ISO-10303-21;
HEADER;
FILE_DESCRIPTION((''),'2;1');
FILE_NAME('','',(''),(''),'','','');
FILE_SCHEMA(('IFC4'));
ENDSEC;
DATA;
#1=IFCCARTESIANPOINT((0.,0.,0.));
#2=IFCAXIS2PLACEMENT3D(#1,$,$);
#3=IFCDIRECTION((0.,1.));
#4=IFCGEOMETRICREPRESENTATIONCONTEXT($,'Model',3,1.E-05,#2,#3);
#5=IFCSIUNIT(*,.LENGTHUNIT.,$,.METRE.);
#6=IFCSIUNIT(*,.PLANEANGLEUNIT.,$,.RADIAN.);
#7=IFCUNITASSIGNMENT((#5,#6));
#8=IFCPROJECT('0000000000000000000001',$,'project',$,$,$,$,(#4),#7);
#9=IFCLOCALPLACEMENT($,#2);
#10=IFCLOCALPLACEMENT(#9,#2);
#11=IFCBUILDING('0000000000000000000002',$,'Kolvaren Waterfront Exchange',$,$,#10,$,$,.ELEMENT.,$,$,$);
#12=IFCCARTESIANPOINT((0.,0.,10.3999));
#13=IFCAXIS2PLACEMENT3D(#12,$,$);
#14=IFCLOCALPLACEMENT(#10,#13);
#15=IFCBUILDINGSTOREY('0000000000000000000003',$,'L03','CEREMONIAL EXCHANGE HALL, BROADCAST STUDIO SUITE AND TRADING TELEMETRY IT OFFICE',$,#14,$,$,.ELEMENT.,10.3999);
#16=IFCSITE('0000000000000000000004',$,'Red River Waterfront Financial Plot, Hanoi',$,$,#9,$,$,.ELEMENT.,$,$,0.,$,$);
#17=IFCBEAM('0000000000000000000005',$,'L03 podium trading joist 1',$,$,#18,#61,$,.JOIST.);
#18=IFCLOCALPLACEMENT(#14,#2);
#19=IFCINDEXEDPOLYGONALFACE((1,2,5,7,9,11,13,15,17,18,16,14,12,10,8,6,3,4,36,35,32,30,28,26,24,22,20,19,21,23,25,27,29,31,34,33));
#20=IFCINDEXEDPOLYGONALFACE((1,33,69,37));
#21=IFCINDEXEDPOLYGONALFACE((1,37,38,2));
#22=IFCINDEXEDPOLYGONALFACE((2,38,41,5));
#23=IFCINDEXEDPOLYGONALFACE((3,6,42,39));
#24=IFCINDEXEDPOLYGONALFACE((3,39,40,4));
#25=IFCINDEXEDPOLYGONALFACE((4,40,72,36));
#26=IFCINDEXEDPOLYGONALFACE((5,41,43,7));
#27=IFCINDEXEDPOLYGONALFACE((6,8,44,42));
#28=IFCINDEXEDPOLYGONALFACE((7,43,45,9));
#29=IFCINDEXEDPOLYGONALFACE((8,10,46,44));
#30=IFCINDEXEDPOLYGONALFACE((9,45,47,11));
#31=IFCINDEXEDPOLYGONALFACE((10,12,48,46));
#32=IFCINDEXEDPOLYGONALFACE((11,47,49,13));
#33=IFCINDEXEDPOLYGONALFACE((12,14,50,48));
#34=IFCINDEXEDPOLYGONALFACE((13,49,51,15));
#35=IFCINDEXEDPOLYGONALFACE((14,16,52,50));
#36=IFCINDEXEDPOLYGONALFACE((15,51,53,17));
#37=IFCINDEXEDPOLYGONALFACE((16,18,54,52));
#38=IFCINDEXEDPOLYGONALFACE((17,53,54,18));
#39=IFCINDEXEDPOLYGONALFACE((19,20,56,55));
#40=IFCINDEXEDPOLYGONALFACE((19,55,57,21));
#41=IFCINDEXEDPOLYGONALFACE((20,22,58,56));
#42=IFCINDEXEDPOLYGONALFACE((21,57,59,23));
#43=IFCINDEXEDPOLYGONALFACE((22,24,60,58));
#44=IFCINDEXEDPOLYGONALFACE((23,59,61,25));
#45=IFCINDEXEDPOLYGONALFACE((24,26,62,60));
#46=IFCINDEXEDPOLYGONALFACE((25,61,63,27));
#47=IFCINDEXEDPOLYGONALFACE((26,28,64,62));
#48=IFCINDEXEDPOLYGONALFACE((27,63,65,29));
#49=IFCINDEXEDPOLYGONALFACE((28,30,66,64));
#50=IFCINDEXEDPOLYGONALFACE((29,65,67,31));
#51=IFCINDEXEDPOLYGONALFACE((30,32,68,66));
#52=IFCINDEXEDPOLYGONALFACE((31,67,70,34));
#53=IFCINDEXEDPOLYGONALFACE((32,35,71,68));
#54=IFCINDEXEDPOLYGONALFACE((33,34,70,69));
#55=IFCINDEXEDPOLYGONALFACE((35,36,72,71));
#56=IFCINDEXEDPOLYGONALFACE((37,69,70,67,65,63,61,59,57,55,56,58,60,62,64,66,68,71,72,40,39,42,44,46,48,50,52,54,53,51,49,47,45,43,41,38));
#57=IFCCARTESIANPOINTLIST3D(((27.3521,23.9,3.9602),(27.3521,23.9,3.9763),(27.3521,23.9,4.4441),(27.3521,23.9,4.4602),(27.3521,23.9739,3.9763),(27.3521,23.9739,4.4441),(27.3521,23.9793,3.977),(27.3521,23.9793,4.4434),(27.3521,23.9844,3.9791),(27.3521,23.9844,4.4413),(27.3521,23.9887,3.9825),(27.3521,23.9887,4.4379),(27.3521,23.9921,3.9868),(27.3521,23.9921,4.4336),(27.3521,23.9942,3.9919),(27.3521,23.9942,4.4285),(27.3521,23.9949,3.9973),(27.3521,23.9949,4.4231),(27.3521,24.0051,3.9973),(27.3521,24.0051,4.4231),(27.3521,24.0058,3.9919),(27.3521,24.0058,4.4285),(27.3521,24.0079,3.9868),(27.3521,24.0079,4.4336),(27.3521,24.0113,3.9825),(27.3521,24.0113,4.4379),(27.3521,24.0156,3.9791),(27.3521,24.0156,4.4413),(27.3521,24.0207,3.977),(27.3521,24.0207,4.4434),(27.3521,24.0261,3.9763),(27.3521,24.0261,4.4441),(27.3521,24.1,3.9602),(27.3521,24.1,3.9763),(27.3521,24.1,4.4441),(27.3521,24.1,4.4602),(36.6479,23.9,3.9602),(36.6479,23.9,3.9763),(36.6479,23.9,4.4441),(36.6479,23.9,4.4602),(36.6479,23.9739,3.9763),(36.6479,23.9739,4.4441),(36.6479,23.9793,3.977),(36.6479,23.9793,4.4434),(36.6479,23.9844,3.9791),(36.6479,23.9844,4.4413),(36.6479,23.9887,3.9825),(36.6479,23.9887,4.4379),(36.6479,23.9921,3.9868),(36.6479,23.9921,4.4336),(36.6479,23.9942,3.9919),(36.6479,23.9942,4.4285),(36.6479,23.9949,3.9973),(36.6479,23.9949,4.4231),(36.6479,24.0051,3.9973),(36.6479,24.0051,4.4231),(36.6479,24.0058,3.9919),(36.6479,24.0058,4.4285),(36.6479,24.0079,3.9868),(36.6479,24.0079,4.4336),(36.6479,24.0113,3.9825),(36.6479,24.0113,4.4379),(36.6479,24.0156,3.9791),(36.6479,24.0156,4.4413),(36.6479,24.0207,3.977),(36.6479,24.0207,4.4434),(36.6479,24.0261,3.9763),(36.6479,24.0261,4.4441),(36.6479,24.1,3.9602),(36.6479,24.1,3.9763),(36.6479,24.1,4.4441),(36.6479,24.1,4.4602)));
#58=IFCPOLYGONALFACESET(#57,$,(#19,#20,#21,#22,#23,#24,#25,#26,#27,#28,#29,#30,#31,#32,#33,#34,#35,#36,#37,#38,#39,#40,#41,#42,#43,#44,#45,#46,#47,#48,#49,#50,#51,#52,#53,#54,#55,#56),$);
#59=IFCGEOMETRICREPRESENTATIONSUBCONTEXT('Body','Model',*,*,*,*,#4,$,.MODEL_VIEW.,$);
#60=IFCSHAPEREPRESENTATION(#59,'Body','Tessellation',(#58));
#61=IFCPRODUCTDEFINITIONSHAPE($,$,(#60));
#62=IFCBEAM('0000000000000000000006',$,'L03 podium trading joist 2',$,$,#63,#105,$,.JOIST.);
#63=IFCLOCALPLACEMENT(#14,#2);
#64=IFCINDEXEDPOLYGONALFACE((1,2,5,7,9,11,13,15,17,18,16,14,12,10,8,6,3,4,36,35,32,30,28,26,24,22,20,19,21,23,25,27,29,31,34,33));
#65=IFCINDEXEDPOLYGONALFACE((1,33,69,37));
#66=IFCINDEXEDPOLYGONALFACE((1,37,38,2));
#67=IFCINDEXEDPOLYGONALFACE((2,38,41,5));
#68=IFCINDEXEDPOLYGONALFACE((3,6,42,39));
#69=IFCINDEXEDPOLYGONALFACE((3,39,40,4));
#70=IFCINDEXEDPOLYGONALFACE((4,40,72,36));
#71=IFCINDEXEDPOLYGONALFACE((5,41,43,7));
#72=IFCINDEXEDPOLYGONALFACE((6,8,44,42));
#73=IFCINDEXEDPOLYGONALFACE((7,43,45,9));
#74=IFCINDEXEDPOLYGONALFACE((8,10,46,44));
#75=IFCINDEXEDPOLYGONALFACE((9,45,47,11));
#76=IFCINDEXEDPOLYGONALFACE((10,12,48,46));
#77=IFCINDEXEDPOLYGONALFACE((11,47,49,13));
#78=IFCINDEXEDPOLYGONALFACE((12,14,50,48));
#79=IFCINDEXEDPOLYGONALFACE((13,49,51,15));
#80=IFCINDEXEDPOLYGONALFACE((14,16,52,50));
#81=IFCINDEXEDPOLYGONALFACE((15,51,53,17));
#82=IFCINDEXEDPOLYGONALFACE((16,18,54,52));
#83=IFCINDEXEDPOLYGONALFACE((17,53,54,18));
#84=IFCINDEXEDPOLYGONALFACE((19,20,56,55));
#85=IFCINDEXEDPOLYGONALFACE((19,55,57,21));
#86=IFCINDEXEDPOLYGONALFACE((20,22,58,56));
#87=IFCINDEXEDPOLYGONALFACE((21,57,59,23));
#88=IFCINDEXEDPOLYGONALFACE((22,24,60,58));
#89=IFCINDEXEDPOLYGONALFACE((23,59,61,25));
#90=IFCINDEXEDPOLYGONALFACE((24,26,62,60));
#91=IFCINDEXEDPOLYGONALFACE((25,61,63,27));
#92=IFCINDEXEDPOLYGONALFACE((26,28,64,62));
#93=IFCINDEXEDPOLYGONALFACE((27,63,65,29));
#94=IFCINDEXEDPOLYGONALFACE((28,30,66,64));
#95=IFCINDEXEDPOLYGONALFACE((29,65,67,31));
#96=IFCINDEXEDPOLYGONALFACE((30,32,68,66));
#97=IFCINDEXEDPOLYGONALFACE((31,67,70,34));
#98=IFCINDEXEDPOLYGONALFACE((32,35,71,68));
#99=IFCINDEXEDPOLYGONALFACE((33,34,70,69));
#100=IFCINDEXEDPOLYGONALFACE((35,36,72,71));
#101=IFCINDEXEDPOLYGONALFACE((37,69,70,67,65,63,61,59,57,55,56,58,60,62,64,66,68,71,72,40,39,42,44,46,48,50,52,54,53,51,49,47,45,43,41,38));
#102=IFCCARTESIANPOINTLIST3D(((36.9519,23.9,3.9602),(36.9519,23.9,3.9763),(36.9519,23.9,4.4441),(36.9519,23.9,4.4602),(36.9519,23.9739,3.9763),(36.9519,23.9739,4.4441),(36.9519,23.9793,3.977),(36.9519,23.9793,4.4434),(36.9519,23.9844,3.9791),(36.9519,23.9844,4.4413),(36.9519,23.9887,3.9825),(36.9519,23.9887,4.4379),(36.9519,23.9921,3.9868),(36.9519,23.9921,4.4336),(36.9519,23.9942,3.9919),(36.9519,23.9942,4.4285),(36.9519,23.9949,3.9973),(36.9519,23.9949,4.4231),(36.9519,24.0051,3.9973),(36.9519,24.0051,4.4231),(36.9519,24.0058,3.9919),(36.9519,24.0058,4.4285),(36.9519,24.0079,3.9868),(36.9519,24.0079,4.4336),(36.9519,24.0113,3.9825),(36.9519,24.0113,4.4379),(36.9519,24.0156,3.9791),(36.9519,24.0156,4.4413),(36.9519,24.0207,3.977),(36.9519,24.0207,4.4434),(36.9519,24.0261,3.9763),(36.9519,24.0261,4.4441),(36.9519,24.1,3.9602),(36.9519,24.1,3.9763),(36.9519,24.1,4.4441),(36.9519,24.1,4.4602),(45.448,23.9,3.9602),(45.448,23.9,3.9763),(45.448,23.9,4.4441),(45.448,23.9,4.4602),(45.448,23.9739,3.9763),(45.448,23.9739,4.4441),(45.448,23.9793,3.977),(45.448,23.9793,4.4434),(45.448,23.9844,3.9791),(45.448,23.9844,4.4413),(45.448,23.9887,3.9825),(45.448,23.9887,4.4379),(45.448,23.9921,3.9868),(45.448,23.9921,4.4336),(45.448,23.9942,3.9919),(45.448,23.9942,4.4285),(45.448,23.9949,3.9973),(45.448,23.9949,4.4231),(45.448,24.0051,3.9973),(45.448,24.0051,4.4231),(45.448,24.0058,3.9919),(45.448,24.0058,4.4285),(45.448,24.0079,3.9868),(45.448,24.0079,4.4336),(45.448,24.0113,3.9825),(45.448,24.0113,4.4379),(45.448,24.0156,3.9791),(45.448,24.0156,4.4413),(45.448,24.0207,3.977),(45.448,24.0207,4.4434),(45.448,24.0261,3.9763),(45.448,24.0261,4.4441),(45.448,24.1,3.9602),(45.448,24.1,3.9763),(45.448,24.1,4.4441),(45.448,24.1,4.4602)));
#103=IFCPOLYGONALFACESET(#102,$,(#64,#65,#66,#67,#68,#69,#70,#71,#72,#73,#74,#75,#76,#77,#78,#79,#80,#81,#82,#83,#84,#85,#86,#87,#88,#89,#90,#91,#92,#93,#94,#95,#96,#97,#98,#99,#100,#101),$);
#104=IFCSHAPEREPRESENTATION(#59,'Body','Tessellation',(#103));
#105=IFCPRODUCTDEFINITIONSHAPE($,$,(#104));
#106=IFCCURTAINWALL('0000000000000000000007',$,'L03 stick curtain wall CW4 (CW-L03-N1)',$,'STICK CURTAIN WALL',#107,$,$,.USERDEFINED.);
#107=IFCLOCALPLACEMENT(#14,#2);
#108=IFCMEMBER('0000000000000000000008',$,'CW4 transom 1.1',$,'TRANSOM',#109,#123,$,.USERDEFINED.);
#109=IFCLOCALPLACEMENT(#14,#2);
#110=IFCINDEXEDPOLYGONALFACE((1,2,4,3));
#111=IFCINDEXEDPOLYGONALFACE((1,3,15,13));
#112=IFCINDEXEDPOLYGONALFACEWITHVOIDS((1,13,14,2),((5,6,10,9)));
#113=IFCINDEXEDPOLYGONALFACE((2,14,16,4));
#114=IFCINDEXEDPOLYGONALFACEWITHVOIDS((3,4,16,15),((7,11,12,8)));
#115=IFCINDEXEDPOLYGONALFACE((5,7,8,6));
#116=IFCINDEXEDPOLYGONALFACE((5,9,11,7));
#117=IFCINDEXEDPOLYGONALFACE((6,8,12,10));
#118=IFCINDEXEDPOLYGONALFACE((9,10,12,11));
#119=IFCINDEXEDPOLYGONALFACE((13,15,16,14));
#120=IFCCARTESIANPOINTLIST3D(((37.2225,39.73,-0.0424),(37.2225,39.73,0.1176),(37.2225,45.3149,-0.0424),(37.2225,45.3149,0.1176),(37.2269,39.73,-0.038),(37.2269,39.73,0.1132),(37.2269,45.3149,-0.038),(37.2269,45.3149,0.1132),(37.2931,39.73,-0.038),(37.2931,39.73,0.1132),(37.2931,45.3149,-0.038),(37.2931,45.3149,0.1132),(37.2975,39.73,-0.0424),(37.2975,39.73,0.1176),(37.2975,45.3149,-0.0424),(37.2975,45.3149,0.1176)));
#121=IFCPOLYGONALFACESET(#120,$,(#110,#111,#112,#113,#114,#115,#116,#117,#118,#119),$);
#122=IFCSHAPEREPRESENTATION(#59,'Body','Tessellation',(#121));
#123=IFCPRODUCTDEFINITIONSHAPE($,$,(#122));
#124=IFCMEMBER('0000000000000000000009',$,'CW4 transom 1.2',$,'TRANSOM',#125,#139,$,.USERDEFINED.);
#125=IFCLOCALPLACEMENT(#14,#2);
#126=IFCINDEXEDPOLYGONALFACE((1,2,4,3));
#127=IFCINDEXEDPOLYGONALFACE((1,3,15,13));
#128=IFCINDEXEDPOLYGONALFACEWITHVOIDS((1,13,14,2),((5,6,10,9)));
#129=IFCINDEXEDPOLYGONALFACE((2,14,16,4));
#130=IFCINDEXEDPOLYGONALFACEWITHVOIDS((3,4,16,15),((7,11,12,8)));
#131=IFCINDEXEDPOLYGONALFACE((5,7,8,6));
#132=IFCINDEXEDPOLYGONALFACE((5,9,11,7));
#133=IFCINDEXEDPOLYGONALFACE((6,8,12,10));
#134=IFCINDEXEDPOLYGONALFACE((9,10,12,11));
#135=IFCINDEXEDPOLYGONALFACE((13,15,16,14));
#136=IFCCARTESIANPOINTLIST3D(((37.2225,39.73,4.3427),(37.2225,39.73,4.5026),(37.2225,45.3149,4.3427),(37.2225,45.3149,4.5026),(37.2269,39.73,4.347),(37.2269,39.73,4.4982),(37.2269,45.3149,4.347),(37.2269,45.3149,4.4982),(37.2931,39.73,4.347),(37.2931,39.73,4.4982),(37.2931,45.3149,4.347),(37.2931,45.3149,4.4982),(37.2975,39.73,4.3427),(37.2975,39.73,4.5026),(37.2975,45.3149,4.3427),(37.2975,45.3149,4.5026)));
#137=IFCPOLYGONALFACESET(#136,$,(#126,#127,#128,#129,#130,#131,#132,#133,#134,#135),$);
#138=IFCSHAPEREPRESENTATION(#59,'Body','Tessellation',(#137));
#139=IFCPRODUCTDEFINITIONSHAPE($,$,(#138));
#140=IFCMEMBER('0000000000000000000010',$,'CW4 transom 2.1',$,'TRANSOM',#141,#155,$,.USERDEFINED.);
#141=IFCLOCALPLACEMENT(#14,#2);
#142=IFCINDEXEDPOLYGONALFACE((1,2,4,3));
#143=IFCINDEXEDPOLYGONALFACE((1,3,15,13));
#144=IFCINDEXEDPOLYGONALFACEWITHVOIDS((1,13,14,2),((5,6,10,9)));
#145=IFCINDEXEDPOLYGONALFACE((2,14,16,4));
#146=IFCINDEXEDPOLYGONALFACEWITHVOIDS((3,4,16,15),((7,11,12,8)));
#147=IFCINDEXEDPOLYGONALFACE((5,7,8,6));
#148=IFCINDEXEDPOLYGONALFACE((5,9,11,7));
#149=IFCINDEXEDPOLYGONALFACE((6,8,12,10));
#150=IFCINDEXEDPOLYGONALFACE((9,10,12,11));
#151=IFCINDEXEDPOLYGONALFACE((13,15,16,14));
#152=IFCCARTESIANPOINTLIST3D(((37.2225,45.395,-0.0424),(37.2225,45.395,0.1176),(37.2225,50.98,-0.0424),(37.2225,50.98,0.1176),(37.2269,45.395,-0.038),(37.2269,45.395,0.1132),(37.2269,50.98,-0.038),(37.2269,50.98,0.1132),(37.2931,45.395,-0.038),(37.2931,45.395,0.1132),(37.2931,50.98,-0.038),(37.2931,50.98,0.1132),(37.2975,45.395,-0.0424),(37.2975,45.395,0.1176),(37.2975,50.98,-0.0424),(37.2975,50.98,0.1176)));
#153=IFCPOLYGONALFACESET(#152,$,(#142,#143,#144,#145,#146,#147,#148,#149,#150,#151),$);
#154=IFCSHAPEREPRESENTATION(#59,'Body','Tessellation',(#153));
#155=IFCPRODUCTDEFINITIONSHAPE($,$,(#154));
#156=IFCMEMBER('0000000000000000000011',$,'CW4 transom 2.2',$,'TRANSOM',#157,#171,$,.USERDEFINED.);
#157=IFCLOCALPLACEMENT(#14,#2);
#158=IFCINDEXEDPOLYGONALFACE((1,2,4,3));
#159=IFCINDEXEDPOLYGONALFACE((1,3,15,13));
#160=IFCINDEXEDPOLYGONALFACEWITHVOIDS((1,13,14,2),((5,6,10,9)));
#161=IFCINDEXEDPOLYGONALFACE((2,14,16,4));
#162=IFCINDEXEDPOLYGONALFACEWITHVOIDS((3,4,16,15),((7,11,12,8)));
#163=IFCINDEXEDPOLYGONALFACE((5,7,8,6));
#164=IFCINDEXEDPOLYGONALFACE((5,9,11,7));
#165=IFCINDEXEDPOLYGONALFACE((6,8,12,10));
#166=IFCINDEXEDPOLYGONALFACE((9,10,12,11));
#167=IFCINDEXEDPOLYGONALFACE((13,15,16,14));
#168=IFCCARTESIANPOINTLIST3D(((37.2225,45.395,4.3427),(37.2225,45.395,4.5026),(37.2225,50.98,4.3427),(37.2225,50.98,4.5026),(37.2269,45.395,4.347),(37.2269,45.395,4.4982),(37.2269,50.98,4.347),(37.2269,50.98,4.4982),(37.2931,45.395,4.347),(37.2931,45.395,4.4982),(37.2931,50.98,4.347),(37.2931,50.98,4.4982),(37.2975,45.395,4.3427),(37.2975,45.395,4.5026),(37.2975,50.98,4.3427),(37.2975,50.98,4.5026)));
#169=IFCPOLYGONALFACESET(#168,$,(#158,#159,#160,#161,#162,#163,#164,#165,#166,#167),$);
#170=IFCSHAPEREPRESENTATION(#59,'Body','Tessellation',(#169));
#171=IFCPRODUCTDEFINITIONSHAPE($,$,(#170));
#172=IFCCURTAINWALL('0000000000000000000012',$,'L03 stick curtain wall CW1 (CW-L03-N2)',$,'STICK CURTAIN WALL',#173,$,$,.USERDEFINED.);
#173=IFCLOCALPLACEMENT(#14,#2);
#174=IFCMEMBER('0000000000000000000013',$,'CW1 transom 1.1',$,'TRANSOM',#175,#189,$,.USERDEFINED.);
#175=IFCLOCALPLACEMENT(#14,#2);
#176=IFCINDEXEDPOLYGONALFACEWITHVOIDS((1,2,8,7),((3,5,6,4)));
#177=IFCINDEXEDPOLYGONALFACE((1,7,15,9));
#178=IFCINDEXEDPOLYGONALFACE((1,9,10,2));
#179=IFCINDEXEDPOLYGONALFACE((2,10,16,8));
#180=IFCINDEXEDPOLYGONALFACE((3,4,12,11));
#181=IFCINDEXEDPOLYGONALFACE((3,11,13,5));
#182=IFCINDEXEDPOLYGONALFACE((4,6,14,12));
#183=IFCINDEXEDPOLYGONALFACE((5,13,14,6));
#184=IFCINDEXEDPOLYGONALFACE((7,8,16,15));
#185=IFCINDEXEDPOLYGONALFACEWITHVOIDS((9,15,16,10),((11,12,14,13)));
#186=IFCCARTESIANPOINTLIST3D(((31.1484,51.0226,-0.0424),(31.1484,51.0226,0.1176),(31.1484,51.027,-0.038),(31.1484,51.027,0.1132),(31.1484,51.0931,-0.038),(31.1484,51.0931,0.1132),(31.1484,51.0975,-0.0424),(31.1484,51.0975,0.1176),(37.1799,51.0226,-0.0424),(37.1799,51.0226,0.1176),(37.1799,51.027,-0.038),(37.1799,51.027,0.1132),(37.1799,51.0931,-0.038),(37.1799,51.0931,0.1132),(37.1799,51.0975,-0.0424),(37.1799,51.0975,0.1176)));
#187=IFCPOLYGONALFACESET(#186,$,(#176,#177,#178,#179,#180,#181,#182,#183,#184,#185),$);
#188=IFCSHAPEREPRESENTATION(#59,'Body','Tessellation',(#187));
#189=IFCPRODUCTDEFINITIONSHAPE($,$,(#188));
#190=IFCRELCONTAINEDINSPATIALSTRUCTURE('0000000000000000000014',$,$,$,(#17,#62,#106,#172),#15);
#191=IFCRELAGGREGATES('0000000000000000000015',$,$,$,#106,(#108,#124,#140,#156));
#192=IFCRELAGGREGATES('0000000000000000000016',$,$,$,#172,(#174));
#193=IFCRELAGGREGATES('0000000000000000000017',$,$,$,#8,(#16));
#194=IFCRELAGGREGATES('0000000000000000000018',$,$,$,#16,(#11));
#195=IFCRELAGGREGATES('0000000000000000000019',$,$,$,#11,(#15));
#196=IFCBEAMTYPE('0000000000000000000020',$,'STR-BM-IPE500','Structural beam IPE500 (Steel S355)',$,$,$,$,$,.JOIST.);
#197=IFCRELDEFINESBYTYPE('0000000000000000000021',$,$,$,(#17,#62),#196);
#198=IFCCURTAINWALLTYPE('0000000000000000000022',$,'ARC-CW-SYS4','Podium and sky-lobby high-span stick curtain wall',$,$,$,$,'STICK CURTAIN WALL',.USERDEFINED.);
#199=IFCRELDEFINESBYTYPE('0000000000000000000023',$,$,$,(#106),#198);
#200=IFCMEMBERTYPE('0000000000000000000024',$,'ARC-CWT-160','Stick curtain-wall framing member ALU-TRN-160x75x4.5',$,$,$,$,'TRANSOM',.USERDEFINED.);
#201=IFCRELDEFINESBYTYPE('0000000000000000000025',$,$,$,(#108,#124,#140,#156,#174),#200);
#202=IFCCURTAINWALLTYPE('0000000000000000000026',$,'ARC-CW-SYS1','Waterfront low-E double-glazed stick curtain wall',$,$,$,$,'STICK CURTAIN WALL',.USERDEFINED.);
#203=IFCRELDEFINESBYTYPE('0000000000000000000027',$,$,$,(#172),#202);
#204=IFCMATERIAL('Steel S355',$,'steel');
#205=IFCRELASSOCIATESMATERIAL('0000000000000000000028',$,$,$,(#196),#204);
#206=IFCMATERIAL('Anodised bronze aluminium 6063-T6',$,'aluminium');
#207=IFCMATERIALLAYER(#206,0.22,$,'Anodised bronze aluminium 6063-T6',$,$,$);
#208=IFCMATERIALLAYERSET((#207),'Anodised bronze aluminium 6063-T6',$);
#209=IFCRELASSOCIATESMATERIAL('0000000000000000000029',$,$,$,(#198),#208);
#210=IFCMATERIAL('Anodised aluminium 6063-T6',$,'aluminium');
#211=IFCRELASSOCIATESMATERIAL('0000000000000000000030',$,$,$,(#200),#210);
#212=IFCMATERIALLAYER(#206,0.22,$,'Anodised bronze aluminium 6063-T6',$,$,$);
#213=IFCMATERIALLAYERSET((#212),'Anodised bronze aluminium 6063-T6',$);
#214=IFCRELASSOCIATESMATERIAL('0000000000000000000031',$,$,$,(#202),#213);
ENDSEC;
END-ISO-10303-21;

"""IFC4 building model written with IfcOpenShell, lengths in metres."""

from ifc_helpers import new_model, si_unit, direction, frame, origin, origin_with_axes, origin_2d, place, context, subcontext, project, spatial, hollow_rectangle, i_section, extrude, source, transform, mapped, material, layer, layer_set, material_profile, profile_set, type_object, element, aggregate, save


model = new_model("IFC4")

# Units and contexts
model_context = context("Model", 3, precision=1e-05, world=origin(), true_north=direction((0.0, 1.0)))
body_context = subcontext(model_context, "Body", "Model", "MODEL_VIEW")
ifc_project = project(units=[si_unit("LENGTHUNIT", "METRE"), si_unit("PLANEANGLEUNIT", "RADIAN")], contexts=[model_context])

# Site, building, storey
site_placement = place(None, origin())
site = spatial("IfcSite", under=ifc_project, at=site_placement, Name="Red River Waterfront Financial Plot, Hanoi", CompositionType="ELEMENT", RefElevation=0.0)
building_placement = place(site_placement, origin())
building = spatial("IfcBuilding", under=site, at=building_placement, Name="Kolvaren Waterfront Exchange", CompositionType="ELEMENT")
storey_placement = place(building_placement, frame((0.0, 0.0, 10.3999)))
storey = spatial("IfcBuildingStorey", under=building, at=storey_placement, Name="L03", Description="CEREMONIAL EXCHANGE HALL, BROADCAST STUDIO SUITE AND TRADING TELEMETRY IT OFFICE", CompositionType="ELEMENT", Elevation=10.3999)

# Beams
ifc_material_1 = material(Name="Steel S355", Category="steel")
ifc_material_profile_1 = material_profile(ifc_material_1, i_section(OverallWidth=0.2, OverallDepth=0.5, WebThickness=0.0103, FlangeThickness=0.0161, FilletRadius=0.021, at=origin_2d()), Name="IPE500")
ifc_profile_set_1 = profile_set([ifc_material_profile_1], Name="Steel S355")
beam_type_1 = type_object("IfcBeamType", Name="STR-BM-IPE500", Description="Structural beam IPE500 (Steel S355)", PredefinedType="JOIST", material=ifc_profile_set_1)
beam_1_placement = place(storey_placement, frame((27.3521, 24.0, 4.2102), z_axis=(1.0, 0.0, 0.0), x_axis=(0.0, 1.0, 0.0)))
element("IfcBeam", 1, at=beam_1_placement, inside=storey, type_object=beam_type_1, Name="L03 podium trading joist 1", PredefinedType="JOIST", context=body_context, shape_type="SweptSolid", body=[
    extrude(i_section(OverallWidth=0.2, OverallDepth=0.5, WebThickness=0.0103, FlangeThickness=0.0161, FilletRadius=0.021, at=origin_2d()), origin(), (0.0, 0.0, 1.0), 9.2959),
])
beam_2_placement = place(storey_placement, frame((36.9519, 24.0, 4.2102), z_axis=(1.0, 0.0, 0.0), x_axis=(0.0, 1.0, 0.0)))
element("IfcBeam", 2, at=beam_2_placement, inside=storey, type_object=beam_type_1, Name="L03 podium trading joist 2", PredefinedType="JOIST", context=body_context, shape_type="SweptSolid", body=[
    extrude(i_section(OverallWidth=0.2, OverallDepth=0.5, WebThickness=0.0103, FlangeThickness=0.0161, FilletRadius=0.021, at=origin_2d()), origin(), (0.0, 0.0, 1.0), 8.4961),
])

# Curtain walls, members
ifc_material_2 = material(Name="Anodised bronze aluminium 6063-T6", Category="aluminium")
ifc_layer_1 = layer(ifc_material_2, 0.22, Name="Anodised bronze aluminium 6063-T6")
ifc_layer_set_1 = layer_set([ifc_layer_1], Name="Anodised bronze aluminium 6063-T6")
curtain_wall_type_1 = type_object("IfcCurtainWallType", Name="ARC-CW-SYS4", Description="Podium and sky-lobby high-span stick curtain wall", ElementType="STICK CURTAIN WALL", PredefinedType="USERDEFINED", material=ifc_layer_set_1)
curtain_wall_1_placement = place(storey_placement, origin())
curtain_wall_1 = element("IfcCurtainWall", 3, at=curtain_wall_1_placement, inside=storey, type_object=curtain_wall_type_1, Name="L03 stick curtain wall CW4 (CW-L03-N1)", ObjectType="STICK CURTAIN WALL", PredefinedType="USERDEFINED")
ifc_material_3 = material(Name="Anodised aluminium 6063-T6", Category="aluminium")
ifc_material_profile_2 = material_profile(ifc_material_3, hollow_rectangle(XDim=0.075, YDim=0.1599, WallThickness=0.0044, at=origin_2d()), Name="ALU-TRN-160x75x4.5")
ifc_profile_set_2 = profile_set([ifc_material_profile_2], Name="Anodised aluminium 6063-T6")
member_type_1 = type_object("IfcMemberType", Name="ARC-CWT-160", Description="Stick curtain-wall framing member ALU-TRN-160x75x4.5", ElementType="TRANSOM", PredefinedType="USERDEFINED", material=ifc_profile_set_2)
shared_shape_1 = source(origin_with_axes(), body_context, "Body", "SweptSolid", [
    extrude(hollow_rectangle(XDim=0.075, YDim=0.1599, WallThickness=0.0044, at=origin_2d()), origin(), (0.0, 0.0, 1.0), 5.585),
])
member_1_placement = place(storey_placement, frame((37.26, 39.73, 0.0376), z_axis=(0.0, 1.0, 0.0), x_axis=(-1.0, 0.0, 0.0)))
member_1 = element("IfcMember", 4, at=member_1_placement, type_object=member_type_1, Name="CW4 transom 1.1", ObjectType="TRANSOM", PredefinedType="USERDEFINED", context=body_context, shape_type="MappedRepresentation", body=[
    mapped(shared_shape_1, transform((0.0, 0.0, 0.0), x_axis=(1.0, 0.0, 0.0), y_axis=(0.0, 1.0, 0.0), z_axis=(0.0, 0.0, 1.0), scale=1.0)),
])
member_2_placement = place(storey_placement, frame((37.26, 39.73, 4.4226), z_axis=(0.0, 1.0, 0.0), x_axis=(-1.0, 0.0, 0.0)))
member_2 = element("IfcMember", 5, at=member_2_placement, type_object=member_type_1, Name="CW4 transom 1.2", ObjectType="TRANSOM", PredefinedType="USERDEFINED", context=body_context, shape_type="MappedRepresentation", body=[
    mapped(shared_shape_1, transform((0.0, 0.0, 0.0), x_axis=(1.0, 0.0, 0.0), y_axis=(0.0, 1.0, 0.0), z_axis=(0.0, 0.0, 1.0), scale=1.0)),
])
member_3_placement = place(storey_placement, frame((37.26, 45.395, 0.0376), z_axis=(0.0, 1.0, 0.0), x_axis=(-1.0, 0.0, 0.0)))
member_3 = element("IfcMember", 6, at=member_3_placement, type_object=member_type_1, Name="CW4 transom 2.1", ObjectType="TRANSOM", PredefinedType="USERDEFINED", context=body_context, shape_type="MappedRepresentation", body=[
    mapped(shared_shape_1, transform((0.0, 0.0, 0.0), x_axis=(1.0, 0.0, 0.0), y_axis=(0.0, 1.0, 0.0), z_axis=(0.0, 0.0, 1.0), scale=1.0)),
])
member_4_placement = place(storey_placement, frame((37.26, 45.395, 4.4226), z_axis=(0.0, 1.0, 0.0), x_axis=(-1.0, 0.0, 0.0)))
member_4 = element("IfcMember", 7, at=member_4_placement, type_object=member_type_1, Name="CW4 transom 2.2", ObjectType="TRANSOM", PredefinedType="USERDEFINED", context=body_context, shape_type="MappedRepresentation", body=[
    mapped(shared_shape_1, transform((0.0, 0.0, 0.0), x_axis=(1.0, 0.0, 0.0), y_axis=(0.0, 1.0, 0.0), z_axis=(0.0, 0.0, 1.0), scale=1.0)),
])
ifc_layer_2 = layer(ifc_material_2, 0.22, Name="Anodised bronze aluminium 6063-T6")
ifc_layer_set_2 = layer_set([ifc_layer_2], Name="Anodised bronze aluminium 6063-T6")
curtain_wall_type_2 = type_object("IfcCurtainWallType", Name="ARC-CW-SYS1", Description="Waterfront low-E double-glazed stick curtain wall", ElementType="STICK CURTAIN WALL", PredefinedType="USERDEFINED", material=ifc_layer_set_2)
curtain_wall_2_placement = place(storey_placement, origin())
curtain_wall_2 = element("IfcCurtainWall", 8, at=curtain_wall_2_placement, inside=storey, type_object=curtain_wall_type_2, Name="L03 stick curtain wall CW1 (CW-L03-N2)", ObjectType="STICK CURTAIN WALL", PredefinedType="USERDEFINED")
shared_shape_2 = source(origin_with_axes(), body_context, "Body", "SweptSolid", [
    extrude(hollow_rectangle(XDim=0.075, YDim=0.1599, WallThickness=0.0044, at=origin_2d()), origin(), (0.0, 0.0, 1.0), 6.0315),
])
member_5_placement = place(storey_placement, frame((37.1799, 51.0601, 0.0376), z_axis=(-1.0, 0.0, 0.0), x_axis=(0.0, -1.0, 0.0)))
member_5 = element("IfcMember", 9, at=member_5_placement, type_object=member_type_1, Name="CW1 transom 1.1", ObjectType="TRANSOM", PredefinedType="USERDEFINED", context=body_context, shape_type="MappedRepresentation", body=[
    mapped(shared_shape_2, transform((0.0, 0.0, 0.0), x_axis=(1.0, 0.0, 0.0), y_axis=(0.0, 1.0, 0.0), z_axis=(0.0, 0.0, 1.0), scale=1.0)),
])

aggregate(curtain_wall_1, [member_1, member_2, member_3, member_4])
aggregate(curtain_wall_2, [member_5])

save(model, "model.ifc")
